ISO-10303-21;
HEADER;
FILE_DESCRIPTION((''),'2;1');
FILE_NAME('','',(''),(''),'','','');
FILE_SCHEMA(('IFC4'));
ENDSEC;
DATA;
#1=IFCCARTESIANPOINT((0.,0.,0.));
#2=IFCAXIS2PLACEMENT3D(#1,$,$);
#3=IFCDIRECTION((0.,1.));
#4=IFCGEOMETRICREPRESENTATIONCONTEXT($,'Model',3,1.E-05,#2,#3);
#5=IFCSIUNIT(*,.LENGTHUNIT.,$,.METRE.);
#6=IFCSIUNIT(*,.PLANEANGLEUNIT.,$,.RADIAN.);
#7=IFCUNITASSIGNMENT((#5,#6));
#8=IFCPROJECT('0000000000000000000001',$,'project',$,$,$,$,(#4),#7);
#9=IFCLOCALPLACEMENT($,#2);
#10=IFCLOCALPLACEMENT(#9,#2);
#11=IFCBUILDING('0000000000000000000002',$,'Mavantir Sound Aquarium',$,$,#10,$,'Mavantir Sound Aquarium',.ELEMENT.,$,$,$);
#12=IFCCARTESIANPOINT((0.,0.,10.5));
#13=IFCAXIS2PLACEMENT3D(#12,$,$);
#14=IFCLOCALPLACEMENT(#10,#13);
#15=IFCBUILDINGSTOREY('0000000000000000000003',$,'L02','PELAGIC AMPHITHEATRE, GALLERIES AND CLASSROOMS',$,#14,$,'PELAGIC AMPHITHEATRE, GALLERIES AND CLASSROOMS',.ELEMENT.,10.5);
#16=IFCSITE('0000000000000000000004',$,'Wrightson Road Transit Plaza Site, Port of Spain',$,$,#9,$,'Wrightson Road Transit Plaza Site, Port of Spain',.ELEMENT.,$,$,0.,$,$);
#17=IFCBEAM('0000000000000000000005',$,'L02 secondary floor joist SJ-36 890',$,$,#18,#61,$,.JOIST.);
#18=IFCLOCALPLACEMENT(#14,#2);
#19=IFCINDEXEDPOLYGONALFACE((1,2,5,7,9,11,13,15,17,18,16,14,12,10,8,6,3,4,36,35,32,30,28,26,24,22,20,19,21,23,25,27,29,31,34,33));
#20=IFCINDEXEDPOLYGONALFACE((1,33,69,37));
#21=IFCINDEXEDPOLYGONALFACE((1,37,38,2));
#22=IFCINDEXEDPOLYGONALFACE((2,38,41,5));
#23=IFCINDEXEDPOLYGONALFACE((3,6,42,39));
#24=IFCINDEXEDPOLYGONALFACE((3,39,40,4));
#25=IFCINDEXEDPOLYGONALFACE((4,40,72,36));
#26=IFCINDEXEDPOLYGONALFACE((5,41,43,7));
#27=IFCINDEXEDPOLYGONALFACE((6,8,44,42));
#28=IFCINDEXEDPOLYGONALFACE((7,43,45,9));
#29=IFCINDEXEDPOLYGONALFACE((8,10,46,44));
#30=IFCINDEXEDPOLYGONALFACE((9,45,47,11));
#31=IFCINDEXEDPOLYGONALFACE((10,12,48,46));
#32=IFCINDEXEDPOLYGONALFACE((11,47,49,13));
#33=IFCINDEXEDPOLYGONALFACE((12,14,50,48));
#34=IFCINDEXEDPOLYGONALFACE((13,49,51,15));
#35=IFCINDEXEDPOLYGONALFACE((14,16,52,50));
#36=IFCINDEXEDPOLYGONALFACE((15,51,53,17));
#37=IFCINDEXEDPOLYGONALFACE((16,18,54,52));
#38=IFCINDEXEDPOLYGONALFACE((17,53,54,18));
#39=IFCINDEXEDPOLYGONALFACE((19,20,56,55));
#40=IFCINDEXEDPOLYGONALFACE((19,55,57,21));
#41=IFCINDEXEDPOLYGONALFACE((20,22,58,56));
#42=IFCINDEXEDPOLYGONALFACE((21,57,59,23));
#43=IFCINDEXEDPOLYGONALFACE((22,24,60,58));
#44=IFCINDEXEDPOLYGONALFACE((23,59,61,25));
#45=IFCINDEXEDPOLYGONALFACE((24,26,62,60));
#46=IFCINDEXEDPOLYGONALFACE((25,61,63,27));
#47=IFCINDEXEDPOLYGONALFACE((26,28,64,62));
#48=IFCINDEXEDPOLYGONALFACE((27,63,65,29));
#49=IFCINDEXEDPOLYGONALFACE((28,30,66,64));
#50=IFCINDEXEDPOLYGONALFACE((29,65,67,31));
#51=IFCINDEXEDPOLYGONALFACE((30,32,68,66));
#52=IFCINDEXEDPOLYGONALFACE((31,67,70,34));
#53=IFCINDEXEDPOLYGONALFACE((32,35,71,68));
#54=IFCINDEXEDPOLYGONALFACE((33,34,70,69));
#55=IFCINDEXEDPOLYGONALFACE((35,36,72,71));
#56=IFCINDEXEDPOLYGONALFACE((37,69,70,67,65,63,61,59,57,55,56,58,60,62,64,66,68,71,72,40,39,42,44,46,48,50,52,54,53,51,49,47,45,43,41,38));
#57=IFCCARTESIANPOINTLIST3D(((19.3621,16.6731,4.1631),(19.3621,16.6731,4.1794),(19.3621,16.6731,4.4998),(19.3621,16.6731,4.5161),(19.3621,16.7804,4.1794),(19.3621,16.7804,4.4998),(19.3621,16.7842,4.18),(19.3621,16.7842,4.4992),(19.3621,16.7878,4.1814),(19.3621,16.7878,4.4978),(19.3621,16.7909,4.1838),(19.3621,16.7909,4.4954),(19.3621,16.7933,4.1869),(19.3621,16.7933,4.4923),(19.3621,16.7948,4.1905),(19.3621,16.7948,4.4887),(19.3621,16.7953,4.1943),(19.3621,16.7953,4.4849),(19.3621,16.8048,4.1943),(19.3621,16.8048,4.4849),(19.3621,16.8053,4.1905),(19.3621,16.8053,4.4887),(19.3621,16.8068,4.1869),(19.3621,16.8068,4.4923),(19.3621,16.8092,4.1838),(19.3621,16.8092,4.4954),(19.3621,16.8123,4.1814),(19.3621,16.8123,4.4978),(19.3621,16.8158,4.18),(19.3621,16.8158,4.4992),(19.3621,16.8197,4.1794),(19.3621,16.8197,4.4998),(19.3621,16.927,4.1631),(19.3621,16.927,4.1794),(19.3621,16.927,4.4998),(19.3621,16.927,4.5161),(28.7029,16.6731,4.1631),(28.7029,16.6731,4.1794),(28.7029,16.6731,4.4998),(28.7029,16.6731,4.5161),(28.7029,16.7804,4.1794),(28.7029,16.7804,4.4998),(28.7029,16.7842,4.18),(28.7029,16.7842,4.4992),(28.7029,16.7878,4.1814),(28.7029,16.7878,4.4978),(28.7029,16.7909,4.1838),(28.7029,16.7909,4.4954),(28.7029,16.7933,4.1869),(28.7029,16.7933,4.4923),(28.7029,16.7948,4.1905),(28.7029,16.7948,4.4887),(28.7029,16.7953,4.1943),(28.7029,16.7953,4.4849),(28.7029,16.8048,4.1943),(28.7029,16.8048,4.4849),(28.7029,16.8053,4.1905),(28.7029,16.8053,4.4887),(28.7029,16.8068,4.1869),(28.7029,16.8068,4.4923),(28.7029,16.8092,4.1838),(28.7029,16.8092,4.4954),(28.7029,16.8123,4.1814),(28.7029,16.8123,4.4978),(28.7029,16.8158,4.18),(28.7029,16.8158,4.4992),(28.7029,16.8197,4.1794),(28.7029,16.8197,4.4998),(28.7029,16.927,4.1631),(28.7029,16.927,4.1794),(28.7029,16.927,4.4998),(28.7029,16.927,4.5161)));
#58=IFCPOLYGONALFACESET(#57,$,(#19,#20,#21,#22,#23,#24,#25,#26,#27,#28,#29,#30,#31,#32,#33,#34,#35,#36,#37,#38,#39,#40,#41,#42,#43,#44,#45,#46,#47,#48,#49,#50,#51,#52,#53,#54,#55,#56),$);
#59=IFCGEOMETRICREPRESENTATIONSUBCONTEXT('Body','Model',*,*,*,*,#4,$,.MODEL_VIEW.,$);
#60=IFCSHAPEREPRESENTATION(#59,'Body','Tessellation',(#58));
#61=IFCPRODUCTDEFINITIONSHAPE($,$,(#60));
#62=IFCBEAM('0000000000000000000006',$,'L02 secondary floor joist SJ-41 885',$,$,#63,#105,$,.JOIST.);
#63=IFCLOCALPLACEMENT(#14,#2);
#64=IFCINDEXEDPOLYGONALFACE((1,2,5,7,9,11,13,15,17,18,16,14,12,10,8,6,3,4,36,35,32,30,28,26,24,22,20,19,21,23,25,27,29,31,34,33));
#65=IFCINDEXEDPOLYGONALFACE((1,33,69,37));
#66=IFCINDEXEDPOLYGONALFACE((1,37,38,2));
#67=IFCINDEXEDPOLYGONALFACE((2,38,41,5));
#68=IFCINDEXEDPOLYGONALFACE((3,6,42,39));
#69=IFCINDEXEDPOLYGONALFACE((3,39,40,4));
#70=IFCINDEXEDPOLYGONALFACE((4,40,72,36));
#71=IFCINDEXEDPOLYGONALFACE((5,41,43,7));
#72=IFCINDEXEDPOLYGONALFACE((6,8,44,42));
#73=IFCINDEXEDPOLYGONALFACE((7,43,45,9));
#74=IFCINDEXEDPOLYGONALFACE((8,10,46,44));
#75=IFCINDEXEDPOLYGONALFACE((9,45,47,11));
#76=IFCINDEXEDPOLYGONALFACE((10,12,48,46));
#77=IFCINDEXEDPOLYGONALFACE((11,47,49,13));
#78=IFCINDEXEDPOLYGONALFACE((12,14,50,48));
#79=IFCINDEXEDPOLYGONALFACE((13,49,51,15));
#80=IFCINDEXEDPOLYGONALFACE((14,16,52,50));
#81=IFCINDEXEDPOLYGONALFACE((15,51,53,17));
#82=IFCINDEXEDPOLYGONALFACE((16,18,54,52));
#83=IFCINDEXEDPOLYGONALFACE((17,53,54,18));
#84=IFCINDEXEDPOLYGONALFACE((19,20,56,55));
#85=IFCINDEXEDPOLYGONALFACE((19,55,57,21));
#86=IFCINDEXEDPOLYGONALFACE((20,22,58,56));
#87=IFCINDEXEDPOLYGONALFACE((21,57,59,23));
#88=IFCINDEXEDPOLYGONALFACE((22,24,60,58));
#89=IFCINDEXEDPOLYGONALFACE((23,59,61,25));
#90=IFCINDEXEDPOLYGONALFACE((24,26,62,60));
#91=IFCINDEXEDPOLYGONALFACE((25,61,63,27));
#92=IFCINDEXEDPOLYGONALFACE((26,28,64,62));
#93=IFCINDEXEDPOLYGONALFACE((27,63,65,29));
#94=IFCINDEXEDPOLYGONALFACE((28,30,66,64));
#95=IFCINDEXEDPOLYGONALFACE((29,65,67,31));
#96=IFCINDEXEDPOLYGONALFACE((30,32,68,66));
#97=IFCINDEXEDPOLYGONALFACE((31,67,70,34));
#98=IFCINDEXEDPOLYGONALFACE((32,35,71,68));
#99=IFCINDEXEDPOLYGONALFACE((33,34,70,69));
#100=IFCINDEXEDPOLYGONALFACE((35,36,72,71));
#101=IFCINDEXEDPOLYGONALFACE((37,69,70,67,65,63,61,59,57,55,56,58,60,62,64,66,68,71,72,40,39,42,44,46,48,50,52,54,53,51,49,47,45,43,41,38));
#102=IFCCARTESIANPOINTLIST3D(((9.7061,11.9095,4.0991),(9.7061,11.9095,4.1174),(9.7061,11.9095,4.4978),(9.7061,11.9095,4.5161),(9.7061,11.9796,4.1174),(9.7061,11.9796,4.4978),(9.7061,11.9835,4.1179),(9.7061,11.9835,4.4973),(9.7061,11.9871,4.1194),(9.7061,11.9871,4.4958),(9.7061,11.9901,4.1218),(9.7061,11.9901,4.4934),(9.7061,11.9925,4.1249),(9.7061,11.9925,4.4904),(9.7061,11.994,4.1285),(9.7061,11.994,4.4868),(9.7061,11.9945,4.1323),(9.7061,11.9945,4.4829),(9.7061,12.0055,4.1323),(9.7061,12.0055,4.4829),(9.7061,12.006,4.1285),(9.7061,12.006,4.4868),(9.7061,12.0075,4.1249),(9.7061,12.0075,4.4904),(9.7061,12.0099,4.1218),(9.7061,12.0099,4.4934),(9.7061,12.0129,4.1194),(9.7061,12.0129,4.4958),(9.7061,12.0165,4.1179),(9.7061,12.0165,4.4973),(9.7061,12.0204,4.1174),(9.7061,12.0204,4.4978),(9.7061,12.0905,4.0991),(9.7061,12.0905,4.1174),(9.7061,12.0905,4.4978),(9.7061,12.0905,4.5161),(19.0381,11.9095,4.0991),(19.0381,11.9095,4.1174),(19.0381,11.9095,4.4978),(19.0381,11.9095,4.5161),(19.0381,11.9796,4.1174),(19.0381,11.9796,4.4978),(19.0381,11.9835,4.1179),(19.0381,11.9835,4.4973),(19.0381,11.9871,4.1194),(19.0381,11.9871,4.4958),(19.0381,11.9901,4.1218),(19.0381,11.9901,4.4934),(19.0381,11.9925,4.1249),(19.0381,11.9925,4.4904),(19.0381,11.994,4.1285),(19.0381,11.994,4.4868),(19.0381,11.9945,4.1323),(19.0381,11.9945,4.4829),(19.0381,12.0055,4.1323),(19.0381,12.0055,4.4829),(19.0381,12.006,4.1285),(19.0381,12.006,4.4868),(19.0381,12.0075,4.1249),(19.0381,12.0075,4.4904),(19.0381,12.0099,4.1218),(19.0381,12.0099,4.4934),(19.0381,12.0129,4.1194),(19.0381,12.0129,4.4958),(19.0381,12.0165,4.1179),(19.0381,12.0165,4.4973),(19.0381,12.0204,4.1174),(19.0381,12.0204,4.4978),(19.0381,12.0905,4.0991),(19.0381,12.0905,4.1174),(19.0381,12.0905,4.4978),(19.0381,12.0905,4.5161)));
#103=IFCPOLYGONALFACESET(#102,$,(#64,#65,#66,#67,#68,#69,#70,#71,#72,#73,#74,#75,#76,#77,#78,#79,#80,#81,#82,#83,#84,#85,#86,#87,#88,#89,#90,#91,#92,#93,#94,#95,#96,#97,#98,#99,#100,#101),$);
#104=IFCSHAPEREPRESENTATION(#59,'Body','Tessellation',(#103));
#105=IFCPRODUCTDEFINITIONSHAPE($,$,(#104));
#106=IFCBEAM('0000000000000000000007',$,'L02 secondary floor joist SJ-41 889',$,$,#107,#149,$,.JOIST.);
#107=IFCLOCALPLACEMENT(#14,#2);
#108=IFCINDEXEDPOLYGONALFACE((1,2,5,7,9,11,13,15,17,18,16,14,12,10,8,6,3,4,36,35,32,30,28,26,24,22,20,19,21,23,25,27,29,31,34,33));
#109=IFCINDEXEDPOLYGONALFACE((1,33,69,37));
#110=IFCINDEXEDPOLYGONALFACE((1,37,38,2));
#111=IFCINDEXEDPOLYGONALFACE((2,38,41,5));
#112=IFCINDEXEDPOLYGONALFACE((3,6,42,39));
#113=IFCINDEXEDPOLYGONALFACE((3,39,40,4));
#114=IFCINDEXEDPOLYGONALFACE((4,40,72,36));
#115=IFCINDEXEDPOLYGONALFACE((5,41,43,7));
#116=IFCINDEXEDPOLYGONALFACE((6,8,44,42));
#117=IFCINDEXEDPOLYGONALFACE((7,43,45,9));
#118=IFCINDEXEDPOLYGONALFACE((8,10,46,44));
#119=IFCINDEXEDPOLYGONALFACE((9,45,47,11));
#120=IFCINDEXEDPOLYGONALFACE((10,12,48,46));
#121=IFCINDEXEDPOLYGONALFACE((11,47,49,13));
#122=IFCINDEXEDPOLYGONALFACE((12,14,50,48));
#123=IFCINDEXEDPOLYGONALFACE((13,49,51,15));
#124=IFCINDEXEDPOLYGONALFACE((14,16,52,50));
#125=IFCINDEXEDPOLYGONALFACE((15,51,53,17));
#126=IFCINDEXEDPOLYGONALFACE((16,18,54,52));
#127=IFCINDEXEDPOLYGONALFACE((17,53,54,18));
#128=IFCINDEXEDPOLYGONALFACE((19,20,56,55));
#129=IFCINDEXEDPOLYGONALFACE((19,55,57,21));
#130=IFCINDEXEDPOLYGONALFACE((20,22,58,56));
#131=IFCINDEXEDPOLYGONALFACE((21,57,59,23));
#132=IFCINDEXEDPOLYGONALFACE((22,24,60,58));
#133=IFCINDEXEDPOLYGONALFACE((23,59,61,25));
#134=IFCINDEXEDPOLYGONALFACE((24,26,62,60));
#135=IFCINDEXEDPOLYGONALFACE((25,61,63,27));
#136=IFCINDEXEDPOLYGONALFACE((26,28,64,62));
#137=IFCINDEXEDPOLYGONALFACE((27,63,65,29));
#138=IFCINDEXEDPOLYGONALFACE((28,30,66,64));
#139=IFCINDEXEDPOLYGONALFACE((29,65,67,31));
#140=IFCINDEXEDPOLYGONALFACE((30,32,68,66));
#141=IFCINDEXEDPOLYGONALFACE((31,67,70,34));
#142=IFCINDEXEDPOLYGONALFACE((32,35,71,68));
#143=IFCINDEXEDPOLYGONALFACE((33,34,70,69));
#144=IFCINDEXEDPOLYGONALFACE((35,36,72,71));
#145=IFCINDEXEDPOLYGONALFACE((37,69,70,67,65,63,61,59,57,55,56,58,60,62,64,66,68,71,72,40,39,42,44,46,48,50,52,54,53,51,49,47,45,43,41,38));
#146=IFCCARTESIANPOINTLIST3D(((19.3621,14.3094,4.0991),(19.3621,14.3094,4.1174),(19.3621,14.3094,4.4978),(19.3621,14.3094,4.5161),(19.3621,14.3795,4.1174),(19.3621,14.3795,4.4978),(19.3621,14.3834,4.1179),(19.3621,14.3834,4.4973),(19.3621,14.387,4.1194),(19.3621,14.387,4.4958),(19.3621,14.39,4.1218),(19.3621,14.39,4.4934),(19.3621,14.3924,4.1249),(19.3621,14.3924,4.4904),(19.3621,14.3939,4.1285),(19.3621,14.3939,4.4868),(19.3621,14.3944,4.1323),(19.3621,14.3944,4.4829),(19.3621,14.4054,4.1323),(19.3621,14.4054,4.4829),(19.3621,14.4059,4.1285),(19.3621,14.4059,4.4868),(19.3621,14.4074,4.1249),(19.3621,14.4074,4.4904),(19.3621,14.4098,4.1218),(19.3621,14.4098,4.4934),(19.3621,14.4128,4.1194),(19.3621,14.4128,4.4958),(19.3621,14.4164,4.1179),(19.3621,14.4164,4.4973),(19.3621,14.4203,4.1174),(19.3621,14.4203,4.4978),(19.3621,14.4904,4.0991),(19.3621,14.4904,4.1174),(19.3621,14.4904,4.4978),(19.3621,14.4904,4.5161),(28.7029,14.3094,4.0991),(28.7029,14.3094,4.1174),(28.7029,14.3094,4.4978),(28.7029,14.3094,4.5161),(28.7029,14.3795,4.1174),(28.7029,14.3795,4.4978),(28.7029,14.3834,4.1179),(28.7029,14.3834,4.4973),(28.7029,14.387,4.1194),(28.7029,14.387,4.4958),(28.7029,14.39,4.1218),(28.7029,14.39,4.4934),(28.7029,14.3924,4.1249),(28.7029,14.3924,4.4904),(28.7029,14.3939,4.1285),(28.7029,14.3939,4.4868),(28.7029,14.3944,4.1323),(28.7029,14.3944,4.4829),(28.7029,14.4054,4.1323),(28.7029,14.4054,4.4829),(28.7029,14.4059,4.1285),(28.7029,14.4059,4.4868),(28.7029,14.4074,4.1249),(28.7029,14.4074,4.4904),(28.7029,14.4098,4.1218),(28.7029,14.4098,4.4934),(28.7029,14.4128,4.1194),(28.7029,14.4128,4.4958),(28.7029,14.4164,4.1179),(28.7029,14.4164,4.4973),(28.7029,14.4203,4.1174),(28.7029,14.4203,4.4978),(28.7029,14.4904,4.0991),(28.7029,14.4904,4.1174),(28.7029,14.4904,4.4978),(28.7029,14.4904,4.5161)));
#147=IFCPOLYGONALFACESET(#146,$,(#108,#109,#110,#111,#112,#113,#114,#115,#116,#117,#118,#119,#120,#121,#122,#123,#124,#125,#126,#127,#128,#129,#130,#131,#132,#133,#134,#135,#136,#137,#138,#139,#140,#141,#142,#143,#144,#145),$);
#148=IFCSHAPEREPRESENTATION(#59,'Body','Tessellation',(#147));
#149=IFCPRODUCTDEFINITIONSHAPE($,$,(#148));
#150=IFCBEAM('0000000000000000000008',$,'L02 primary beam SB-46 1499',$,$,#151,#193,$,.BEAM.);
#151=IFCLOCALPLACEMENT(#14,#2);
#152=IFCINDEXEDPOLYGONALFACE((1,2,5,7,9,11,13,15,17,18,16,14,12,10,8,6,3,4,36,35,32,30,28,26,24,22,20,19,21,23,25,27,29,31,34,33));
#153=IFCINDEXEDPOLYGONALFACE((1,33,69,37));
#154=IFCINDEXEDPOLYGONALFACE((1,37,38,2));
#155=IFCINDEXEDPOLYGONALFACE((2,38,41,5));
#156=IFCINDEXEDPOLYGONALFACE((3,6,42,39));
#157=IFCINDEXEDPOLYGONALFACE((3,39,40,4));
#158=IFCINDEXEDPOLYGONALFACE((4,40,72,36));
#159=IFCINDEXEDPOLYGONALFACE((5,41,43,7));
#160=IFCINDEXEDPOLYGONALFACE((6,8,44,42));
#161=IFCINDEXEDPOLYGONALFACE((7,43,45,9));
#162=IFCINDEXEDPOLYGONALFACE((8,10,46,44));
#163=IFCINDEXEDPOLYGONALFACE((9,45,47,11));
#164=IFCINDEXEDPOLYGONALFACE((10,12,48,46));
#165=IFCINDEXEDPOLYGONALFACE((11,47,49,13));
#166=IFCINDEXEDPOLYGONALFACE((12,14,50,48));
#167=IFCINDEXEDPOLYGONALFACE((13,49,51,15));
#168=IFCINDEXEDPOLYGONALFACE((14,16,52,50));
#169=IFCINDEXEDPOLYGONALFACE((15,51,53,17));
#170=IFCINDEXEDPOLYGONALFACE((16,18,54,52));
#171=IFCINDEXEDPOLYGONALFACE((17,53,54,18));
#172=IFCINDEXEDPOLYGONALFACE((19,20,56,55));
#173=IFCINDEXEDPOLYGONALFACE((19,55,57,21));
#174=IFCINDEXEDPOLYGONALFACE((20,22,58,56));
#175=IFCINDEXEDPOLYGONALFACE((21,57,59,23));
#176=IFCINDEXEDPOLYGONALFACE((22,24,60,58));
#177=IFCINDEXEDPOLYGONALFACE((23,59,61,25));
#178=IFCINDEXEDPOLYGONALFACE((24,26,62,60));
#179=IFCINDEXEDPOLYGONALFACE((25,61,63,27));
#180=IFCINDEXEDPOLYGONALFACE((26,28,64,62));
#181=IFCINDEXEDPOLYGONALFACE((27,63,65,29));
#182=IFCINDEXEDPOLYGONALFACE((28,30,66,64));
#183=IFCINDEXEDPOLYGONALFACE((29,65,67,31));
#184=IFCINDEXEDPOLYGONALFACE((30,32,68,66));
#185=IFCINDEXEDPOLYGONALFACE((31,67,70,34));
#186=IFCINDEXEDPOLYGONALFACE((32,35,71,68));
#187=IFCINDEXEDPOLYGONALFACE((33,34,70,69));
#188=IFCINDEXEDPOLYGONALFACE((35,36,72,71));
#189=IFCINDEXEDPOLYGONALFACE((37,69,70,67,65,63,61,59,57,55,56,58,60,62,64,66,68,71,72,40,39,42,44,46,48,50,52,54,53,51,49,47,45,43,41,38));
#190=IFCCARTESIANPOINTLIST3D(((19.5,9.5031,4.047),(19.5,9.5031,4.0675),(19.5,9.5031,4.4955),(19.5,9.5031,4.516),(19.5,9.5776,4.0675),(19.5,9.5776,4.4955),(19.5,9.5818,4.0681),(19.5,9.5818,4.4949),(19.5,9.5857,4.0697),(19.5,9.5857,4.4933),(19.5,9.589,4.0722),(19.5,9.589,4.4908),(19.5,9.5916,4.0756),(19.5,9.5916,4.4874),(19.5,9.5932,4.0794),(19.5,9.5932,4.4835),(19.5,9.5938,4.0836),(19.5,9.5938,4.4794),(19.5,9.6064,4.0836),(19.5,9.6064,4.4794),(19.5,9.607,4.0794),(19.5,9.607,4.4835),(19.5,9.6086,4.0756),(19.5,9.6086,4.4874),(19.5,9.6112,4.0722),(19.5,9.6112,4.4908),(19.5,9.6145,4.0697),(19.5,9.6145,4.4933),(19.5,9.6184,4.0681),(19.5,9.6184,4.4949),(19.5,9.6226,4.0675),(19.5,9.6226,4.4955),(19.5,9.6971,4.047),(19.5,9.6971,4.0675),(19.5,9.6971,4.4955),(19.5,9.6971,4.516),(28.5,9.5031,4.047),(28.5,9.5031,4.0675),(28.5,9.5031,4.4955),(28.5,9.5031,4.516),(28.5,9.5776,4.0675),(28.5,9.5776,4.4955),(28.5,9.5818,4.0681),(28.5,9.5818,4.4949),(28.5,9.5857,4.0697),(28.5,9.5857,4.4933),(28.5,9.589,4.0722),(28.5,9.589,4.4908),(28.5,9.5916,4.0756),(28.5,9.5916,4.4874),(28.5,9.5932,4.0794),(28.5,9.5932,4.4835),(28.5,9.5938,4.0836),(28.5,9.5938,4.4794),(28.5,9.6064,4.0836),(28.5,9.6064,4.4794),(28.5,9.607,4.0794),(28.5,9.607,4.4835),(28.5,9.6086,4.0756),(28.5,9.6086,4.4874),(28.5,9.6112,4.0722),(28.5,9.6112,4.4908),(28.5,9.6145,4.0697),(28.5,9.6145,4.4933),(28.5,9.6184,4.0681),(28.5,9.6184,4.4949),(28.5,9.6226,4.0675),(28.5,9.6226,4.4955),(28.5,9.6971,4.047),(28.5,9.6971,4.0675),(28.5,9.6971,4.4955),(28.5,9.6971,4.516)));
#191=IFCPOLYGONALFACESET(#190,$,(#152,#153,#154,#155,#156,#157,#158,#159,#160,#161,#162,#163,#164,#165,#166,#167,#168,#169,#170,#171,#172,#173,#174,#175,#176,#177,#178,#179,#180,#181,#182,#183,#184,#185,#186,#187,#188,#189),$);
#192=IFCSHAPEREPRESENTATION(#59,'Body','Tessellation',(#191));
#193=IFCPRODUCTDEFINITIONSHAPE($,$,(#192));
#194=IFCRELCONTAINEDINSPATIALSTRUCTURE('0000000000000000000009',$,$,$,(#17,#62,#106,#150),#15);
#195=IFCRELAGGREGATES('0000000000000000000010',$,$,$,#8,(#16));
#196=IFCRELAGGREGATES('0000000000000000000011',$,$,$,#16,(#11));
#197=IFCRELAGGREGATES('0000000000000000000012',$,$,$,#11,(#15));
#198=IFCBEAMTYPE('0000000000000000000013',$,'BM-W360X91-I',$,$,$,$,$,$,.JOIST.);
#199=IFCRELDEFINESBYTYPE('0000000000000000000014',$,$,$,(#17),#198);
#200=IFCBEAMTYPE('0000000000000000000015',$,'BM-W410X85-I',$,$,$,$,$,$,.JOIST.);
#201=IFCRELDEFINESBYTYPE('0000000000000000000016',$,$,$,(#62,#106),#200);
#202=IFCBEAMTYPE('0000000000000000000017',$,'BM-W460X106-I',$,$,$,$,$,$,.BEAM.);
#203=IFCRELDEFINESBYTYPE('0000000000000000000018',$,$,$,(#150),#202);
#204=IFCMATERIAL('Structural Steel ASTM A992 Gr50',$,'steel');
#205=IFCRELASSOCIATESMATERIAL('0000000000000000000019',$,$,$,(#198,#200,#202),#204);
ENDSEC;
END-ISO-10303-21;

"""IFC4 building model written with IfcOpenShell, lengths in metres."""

from ifc_helpers import new_model, si_unit, direction, frame, origin, origin_2d, place, context, subcontext, project, spatial, i_section, extrude, material, material_profile, profile_set, type_object, element, save


model = new_model("IFC4")

# Units and contexts
model_context = context("Model", 3, precision=1e-05, world=origin(), true_north=direction((0.0, 1.0)))
body_context = subcontext(model_context, "Body", "Model", "MODEL_VIEW")
ifc_project = project(units=[si_unit("LENGTHUNIT", "METRE"), si_unit("PLANEANGLEUNIT", "RADIAN")], contexts=[model_context])

# Site, building, storey
site_placement = place(None, origin())
site = spatial("IfcSite", under=ifc_project, at=site_placement, Name="Wrightson Road Transit Plaza Site, Port of Spain", LongName="Wrightson Road Transit Plaza Site, Port of Spain", CompositionType="ELEMENT", RefElevation=0.0)
building_placement = place(site_placement, origin())
building = spatial("IfcBuilding", under=site, at=building_placement, Name="Mavantir Sound Aquarium", LongName="Mavantir Sound Aquarium", CompositionType="ELEMENT")
storey_placement = place(building_placement, frame((0.0, 0.0, 10.5)))
storey = spatial("IfcBuildingStorey", under=building, at=storey_placement, Name="L02", Description="PELAGIC AMPHITHEATRE, GALLERIES AND CLASSROOMS", LongName="PELAGIC AMPHITHEATRE, GALLERIES AND CLASSROOMS", CompositionType="ELEMENT", Elevation=10.5)

# Beams
ifc_material_1 = material(Name="Structural Steel ASTM A992 Gr50", Category="steel")
ifc_material_profile_1 = material_profile(ifc_material_1, i_section(OverallWidth=0.2539, OverallDepth=0.353, WebThickness=0.0095, FlangeThickness=0.0164, FilletRadius=0.0149, at=origin_2d()), Name="W360X91")
ifc_profile_set_1 = profile_set([ifc_material_profile_1], Name="Structural Steel ASTM A992 Gr50")
beam_type_1 = type_object("IfcBeamType", Name="BM-W360X91-I", PredefinedType="JOIST", material=ifc_profile_set_1)
beam_1_placement = place(storey_placement, frame((19.3621, 16.8, 4.3396), z_axis=(1.0, 0.0, 0.0), x_axis=(0.0, 1.0, 0.0)))
element("IfcBeam", 1, at=beam_1_placement, inside=storey, type_object=beam_type_1, Name="L02 secondary floor joist SJ-36 890", PredefinedType="JOIST", context=body_context, shape_type="SweptSolid", body=[
    extrude(i_section(OverallWidth=0.2539, OverallDepth=0.353, WebThickness=0.0095, FlangeThickness=0.0164, FilletRadius=0.0149, at=origin_2d()), origin(), (0.0, 0.0, 1.0), 9.3408),
])
ifc_material_profile_2 = material_profile(ifc_material_1, i_section(OverallWidth=0.1809, OverallDepth=0.417, WebThickness=0.011, FlangeThickness=0.0183, FilletRadius=0.0149, at=origin_2d()), Name="W410X85")
ifc_profile_set_2 = profile_set([ifc_material_profile_2], Name="Structural Steel ASTM A992 Gr50")
beam_type_2 = type_object("IfcBeamType", Name="BM-W410X85-I", PredefinedType="JOIST", material=ifc_profile_set_2)
beam_2_placement = place(storey_placement, frame((9.7061, 12.0, 4.3076), z_axis=(1.0, 0.0, 0.0), x_axis=(0.0, 1.0, 0.0)))
element("IfcBeam", 2, at=beam_2_placement, inside=storey, type_object=beam_type_2, Name="L02 secondary floor joist SJ-41 885", PredefinedType="JOIST", context=body_context, shape_type="SweptSolid", body=[
    extrude(i_section(OverallWidth=0.1809, OverallDepth=0.417, WebThickness=0.011, FlangeThickness=0.0183, FilletRadius=0.0149, at=origin_2d()), origin(), (0.0, 0.0, 1.0), 9.332),
])
beam_3_placement = place(storey_placement, frame((19.3621, 14.3999, 4.3076), z_axis=(1.0, 0.0, 0.0), x_axis=(0.0, 1.0, 0.0)))
element("IfcBeam", 3, at=beam_3_placement, inside=storey, type_object=beam_type_2, Name="L02 secondary floor joist SJ-41 889", PredefinedType="JOIST", context=body_context, shape_type="SweptSolid", body=[
    extrude(i_section(OverallWidth=0.1809, OverallDepth=0.417, WebThickness=0.011, FlangeThickness=0.0183, FilletRadius=0.0149, at=origin_2d()), origin(), (0.0, 0.0, 1.0), 9.3408),
])
ifc_material_profile_3 = material_profile(ifc_material_1, i_section(OverallWidth=0.1941, OverallDepth=0.469, WebThickness=0.0127, FlangeThickness=0.0205, FilletRadius=0.0161, at=origin_2d()), Name="W460X106")
ifc_profile_set_3 = profile_set([ifc_material_profile_3], Name="Structural Steel ASTM A992 Gr50")
beam_type_3 = type_object("IfcBeamType", Name="BM-W460X106-I", PredefinedType="BEAM", material=ifc_profile_set_3)
for number, where, z_axis, x_axis, name in (
    (4, (19.5, 9.6001, 4.2815), (1.0, 0.0, 0.0), (0.0, 1.0, 0.0), "L02 primary beam SB-46 1499"),
):
    element("IfcBeam", number, at=place(storey_placement, frame(where, z_axis=z_axis, x_axis=x_axis)), inside=storey, type_object=beam_type_3, Name=name, PredefinedType="BEAM", context=body_context, shape_type="SweptSolid", body=[
        extrude(i_section(OverallWidth=0.1941, OverallDepth=0.469, WebThickness=0.0127, FlangeThickness=0.0205, FilletRadius=0.0161, at=origin_2d()), origin(), (0.0, 0.0, 1.0), 9.0),
    ])

save(model, "model.ifc")
